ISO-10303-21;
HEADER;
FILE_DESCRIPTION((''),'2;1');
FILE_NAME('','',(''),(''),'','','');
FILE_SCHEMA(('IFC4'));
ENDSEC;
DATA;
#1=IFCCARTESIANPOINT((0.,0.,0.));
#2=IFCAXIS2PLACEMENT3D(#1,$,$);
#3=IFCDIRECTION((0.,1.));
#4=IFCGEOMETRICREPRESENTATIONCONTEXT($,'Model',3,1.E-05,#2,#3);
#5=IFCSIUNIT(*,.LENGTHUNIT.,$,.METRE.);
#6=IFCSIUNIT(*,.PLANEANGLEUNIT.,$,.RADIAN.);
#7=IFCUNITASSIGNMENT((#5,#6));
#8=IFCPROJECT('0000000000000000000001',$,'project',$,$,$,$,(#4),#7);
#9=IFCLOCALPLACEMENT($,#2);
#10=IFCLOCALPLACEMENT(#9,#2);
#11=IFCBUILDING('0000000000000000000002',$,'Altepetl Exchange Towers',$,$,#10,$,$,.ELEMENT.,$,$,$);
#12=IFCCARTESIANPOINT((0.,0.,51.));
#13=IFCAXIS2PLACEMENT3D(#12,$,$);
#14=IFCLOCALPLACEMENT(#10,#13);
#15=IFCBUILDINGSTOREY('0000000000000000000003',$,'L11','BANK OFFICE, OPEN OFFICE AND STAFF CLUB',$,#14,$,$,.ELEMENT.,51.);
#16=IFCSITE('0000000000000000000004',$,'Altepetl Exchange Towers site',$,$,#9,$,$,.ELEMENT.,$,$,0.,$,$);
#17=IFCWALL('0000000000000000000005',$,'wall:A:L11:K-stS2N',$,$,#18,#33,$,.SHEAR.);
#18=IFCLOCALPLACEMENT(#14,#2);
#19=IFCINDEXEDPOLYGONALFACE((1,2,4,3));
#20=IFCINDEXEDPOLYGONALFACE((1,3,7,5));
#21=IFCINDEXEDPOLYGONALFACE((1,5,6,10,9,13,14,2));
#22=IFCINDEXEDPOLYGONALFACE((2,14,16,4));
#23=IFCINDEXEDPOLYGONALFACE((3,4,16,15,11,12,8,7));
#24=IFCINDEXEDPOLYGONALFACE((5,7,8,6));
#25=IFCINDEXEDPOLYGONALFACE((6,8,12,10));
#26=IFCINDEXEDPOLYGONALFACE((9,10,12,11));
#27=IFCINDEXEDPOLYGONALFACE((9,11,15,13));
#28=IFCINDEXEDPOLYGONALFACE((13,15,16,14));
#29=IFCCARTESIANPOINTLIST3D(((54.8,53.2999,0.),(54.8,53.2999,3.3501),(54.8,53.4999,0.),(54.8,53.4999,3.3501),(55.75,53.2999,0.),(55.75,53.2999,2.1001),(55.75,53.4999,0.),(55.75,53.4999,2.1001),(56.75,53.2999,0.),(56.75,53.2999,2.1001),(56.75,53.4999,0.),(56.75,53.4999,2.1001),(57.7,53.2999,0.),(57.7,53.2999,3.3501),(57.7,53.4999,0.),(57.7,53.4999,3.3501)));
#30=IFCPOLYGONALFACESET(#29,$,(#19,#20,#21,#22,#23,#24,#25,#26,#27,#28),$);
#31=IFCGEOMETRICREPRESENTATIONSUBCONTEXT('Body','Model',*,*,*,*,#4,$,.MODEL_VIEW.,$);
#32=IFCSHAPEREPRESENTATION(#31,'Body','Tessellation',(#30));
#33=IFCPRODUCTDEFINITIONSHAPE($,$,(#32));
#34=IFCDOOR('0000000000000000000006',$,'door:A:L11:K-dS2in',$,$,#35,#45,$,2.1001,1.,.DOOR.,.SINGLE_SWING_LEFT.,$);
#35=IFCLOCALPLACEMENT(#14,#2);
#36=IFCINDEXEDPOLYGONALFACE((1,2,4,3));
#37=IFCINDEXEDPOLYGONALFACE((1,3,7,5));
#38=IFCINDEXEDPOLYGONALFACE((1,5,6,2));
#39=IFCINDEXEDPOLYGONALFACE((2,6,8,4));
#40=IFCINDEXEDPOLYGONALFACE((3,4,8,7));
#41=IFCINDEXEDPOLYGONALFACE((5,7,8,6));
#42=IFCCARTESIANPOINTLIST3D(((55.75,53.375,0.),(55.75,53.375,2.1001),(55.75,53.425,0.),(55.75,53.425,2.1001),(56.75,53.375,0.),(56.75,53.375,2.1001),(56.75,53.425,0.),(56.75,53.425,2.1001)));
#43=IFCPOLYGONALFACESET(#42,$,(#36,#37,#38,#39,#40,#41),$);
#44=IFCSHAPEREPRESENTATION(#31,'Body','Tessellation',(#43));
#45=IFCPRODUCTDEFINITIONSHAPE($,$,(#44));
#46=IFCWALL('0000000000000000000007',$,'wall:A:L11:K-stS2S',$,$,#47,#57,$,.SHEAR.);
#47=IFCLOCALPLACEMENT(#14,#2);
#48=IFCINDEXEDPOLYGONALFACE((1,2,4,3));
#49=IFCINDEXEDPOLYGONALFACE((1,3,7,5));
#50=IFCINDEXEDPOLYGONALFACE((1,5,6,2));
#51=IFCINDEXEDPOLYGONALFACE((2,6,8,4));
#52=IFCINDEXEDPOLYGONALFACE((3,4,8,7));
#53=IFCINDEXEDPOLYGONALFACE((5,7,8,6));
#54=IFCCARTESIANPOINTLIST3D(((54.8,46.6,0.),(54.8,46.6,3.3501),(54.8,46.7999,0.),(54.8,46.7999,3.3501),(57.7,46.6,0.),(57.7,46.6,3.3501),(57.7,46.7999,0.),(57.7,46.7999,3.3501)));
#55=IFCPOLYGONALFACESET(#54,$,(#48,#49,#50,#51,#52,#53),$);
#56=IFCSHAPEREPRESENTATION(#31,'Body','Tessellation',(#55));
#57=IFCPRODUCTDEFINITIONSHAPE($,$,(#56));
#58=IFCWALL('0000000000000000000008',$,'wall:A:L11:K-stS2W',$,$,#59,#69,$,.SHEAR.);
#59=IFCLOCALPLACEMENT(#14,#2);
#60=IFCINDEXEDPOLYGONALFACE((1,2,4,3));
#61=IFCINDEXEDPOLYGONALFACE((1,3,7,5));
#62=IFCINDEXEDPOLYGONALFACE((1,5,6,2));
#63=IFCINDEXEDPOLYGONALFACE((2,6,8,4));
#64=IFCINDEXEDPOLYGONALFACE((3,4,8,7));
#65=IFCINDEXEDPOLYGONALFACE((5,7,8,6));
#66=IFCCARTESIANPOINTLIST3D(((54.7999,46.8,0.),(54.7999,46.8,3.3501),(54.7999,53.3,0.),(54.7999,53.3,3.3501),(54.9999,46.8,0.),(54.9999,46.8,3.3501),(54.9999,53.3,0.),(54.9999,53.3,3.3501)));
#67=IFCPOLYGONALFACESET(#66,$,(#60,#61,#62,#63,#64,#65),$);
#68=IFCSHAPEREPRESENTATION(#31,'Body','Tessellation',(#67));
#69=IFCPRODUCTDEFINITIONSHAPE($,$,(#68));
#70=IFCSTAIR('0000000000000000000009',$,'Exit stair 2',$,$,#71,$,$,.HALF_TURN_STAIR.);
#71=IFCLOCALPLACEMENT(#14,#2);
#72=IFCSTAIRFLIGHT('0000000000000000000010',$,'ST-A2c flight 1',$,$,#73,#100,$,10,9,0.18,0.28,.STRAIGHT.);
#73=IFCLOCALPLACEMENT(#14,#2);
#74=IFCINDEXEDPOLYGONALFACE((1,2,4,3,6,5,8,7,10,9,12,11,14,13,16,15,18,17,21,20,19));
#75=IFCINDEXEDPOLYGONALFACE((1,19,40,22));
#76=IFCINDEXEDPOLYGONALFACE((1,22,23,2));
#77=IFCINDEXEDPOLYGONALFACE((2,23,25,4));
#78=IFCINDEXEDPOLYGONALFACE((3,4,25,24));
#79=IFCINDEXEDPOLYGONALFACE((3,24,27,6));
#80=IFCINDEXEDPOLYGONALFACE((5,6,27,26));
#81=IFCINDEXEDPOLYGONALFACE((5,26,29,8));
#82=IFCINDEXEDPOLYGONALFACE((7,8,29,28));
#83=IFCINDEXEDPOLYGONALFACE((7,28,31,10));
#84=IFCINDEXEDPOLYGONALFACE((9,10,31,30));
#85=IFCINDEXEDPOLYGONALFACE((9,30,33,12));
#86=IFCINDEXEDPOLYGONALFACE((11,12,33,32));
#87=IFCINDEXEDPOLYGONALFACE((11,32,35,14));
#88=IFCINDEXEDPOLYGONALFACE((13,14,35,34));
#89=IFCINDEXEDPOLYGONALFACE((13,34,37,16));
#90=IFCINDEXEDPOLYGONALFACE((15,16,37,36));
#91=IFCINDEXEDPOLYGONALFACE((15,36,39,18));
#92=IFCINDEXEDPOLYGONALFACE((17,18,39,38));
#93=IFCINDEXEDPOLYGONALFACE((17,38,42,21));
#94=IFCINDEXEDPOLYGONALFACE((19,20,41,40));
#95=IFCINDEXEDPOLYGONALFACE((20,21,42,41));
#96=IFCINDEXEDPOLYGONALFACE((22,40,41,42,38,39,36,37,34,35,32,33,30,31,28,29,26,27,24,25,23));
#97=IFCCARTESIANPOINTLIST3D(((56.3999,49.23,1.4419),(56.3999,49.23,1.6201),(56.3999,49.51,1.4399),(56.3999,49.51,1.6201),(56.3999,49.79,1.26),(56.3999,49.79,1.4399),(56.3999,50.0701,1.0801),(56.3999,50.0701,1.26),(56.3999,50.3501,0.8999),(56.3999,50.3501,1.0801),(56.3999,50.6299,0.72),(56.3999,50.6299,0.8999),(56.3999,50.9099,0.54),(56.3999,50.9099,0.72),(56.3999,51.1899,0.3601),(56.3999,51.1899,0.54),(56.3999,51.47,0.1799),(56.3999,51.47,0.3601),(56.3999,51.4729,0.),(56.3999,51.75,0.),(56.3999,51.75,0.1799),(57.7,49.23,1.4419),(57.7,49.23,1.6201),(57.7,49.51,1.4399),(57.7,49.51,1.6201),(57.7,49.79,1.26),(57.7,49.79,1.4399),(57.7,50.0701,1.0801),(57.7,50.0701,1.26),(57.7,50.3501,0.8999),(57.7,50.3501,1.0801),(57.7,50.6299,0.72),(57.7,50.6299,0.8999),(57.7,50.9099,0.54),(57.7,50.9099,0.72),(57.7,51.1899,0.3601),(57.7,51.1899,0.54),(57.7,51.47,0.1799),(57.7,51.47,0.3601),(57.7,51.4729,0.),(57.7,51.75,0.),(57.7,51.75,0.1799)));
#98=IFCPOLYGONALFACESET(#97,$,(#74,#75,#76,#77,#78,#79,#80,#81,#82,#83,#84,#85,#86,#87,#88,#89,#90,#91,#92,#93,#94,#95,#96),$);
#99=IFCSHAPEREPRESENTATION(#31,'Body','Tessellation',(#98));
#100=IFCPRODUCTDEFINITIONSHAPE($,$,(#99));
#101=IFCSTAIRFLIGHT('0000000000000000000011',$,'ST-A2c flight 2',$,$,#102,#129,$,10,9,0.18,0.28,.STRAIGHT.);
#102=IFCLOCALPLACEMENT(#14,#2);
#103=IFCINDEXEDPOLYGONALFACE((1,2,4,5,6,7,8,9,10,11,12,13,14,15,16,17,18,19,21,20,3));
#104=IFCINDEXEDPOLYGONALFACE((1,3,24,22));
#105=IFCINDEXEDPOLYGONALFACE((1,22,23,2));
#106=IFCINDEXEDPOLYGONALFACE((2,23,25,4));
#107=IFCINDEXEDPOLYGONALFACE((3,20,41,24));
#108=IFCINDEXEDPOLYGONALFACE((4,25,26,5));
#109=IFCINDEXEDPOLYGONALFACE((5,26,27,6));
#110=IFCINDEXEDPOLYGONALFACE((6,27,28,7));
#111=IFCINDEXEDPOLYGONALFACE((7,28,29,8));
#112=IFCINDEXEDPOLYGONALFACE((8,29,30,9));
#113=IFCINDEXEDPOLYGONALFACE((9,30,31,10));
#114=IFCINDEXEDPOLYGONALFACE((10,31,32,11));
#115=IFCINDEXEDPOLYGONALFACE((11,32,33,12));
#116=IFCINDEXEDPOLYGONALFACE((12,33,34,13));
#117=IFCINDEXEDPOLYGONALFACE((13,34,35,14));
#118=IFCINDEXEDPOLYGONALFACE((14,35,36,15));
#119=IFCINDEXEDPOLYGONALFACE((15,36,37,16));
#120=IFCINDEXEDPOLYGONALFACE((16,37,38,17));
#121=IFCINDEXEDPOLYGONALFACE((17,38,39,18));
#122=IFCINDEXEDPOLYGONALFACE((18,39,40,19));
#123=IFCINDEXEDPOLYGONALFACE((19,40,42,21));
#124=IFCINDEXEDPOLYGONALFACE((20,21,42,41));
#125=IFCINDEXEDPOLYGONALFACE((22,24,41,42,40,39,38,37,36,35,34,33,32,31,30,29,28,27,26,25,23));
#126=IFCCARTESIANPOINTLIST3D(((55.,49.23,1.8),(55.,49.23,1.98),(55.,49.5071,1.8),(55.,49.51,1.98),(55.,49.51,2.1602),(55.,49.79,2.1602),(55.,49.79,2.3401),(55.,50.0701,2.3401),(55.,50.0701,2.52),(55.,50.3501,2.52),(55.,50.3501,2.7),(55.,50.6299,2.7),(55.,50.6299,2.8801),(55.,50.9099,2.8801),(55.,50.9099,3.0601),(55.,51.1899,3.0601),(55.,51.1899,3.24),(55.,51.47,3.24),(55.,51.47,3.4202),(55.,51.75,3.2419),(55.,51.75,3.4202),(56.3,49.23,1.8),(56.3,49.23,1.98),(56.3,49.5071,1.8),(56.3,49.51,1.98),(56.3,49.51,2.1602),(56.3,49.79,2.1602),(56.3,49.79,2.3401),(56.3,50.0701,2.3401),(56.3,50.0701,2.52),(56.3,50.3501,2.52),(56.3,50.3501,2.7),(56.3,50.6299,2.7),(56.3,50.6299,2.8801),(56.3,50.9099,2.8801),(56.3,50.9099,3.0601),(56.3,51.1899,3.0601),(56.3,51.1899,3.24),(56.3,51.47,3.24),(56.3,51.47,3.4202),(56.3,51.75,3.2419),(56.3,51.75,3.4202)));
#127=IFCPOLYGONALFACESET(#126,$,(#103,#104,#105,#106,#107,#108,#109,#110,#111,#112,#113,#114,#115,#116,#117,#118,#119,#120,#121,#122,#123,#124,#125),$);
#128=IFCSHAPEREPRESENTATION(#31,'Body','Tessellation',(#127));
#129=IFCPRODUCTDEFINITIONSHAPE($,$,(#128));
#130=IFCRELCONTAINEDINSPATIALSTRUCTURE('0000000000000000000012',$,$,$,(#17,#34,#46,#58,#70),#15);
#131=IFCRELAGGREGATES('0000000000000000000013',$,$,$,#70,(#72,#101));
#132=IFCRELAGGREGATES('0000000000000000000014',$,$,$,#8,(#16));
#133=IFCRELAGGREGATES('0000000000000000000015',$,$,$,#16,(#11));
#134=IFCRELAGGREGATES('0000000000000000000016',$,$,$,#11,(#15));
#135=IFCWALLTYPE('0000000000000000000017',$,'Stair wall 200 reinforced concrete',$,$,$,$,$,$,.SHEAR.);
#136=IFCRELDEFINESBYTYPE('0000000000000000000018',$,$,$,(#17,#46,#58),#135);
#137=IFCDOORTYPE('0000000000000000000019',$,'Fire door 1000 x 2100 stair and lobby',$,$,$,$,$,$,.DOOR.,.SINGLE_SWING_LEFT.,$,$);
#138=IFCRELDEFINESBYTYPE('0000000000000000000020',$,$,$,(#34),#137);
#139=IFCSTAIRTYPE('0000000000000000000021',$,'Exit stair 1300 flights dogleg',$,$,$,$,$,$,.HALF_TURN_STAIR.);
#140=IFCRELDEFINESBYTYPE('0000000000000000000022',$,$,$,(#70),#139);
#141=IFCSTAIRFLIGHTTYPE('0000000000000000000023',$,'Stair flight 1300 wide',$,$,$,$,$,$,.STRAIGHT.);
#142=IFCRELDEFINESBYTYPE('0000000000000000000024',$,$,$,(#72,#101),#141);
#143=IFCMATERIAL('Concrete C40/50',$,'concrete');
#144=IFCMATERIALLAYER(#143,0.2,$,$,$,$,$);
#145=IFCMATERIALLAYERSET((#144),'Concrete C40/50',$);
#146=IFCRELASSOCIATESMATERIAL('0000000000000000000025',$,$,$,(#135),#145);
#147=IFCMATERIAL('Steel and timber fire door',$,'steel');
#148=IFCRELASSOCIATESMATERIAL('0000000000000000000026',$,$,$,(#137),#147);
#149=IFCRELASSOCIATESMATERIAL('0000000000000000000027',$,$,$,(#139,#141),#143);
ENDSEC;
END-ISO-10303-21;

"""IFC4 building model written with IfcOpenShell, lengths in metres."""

from ifc_helpers import new_model, si_unit, direction, frame, frame_2d, origin, place, context, subcontext, project, spatial, polyline, rectangle, outline, extrude, material, layer, layer_set, type_object, element, fill, aggregate, save


model = new_model("IFC4")

# Units and contexts
model_context = context("Model", 3, precision=1e-05, world=origin(), true_north=direction((0.0, 1.0)))
body_context = subcontext(model_context, "Body", "Model", "MODEL_VIEW")
ifc_project = project(units=[si_unit("LENGTHUNIT", "METRE"), si_unit("PLANEANGLEUNIT", "RADIAN")], contexts=[model_context])

# Site, building, storey
site_placement = place(None, origin())
site = spatial("IfcSite", under=ifc_project, at=site_placement, Name="Altepetl Exchange Towers site", CompositionType="ELEMENT", RefElevation=0.0)
building_placement = place(site_placement, origin())
building = spatial("IfcBuilding", under=site, at=building_placement, Name="Altepetl Exchange Towers", CompositionType="ELEMENT")
storey_placement = place(building_placement, frame((0.0, 0.0, 51.0)))
storey = spatial("IfcBuildingStorey", under=building, at=storey_placement, Name="L11", Description="BANK OFFICE, OPEN OFFICE AND STAFF CLUB", CompositionType="ELEMENT", Elevation=51.0)

# Shared definitions
ifc_material_1 = material(Name="Concrete C40/50", Category="concrete")

# Wall, opening, door
ifc_layer_1 = layer(ifc_material_1, 0.2)
ifc_layer_set_1 = layer_set([ifc_layer_1], Name="Concrete C40/50")
wall_type_1 = type_object("IfcWallType", Name="Stair wall 200 reinforced concrete", PredefinedType="SHEAR", material=ifc_layer_set_1)
wall_1_placement = place(storey_placement, frame((54.8, 53.3999, 0.0)))
wall_1 = element("IfcWall", 1, at=wall_1_placement, inside=storey, type_object=wall_type_1, Name="wall:A:L11:K-stS2N", PredefinedType="SHEAR", context=body_context, shape_type="SweptSolid", body=[
    extrude(rectangle(XDim=2.8999, YDim=0.2, at=frame_2d((1.45, 0.0))), origin(), (0.0, 0.0, 1.0), 3.3501),
])
opening_placement = place(wall_1_placement, frame((0.95, 0.0, 0.0)))
opening = element("IfcOpeningElement", 2, at=opening_placement, cuts=wall_1, PredefinedType="OPENING", context=body_context, shape_type="SweptSolid", body=[
    extrude(rectangle(XDim=1.0, YDim=2.1001, at=frame_2d((0.5, 1.05))), frame((0.0, 0.1099, 0.0), z_axis=(0.0, -1.0, 0.0), x_axis=(1.0, 0.0, 0.0)), (0.0, 0.0, 1.0), 0.22),
])
ifc_material_2 = material(Name="Steel and timber fire door", Category="steel")
door_type = type_object("IfcDoorType", Name="Fire door 1000 x 2100 stair and lobby", OperationType="SINGLE_SWING_LEFT", PredefinedType="DOOR", material=ifc_material_2)
door_placement = place(opening_placement, frame((1.0, 0.0, 0.0), x_axis=(-1.0, 0.0, 0.0)))
door = element("IfcDoor", 3, at=door_placement, inside=storey, type_object=door_type, Name="door:A:L11:K-dS2in", OperationType="SINGLE_SWING_LEFT", OverallHeight=2.1001, OverallWidth=1.0, PredefinedType="DOOR", context=body_context, shape_type="SweptSolid", body=[
    extrude(rectangle(XDim=1.0, YDim=2.1001, at=frame_2d((0.5, 1.05))), frame((0.0, 0.0249, 0.0), z_axis=(0.0, -1.0, 0.0), x_axis=(1.0, 0.0, 0.0)), (0.0, 0.0, 1.0), 0.05),
])
fill(opening, door)

# Walls
wall_2_placement = place(storey_placement, frame((54.8, 46.7, 0.0)))
element("IfcWall", 4, at=wall_2_placement, inside=storey, type_object=wall_type_1, Name="wall:A:L11:K-stS2S", PredefinedType="SHEAR", context=body_context, shape_type="SweptSolid", body=[
    extrude(rectangle(XDim=2.8999, YDim=0.2, at=frame_2d((1.45, 0.0))), origin(), (0.0, 0.0, 1.0), 3.3501),
])
wall_3_placement = place(storey_placement, frame((54.8999, 46.8, 0.0), z_axis=(0.0, 0.0, 1.0), x_axis=(0.0, 1.0, 0.0)))
element("IfcWall", 5, at=wall_3_placement, inside=storey, type_object=wall_type_1, Name="wall:A:L11:K-stS2W", PredefinedType="SHEAR", context=body_context, shape_type="SweptSolid", body=[
    extrude(rectangle(XDim=6.5, YDim=0.2, at=frame_2d((3.25, 0.0))), origin(), (0.0, 0.0, 1.0), 3.3501),
])

# Stair, stair flights
stair_type = type_object("IfcStairType", Name="Exit stair 1300 flights dogleg", PredefinedType="HALF_TURN_STAIR", material=ifc_material_1)
stair_placement = place(storey_placement, origin())
stair = element("IfcStair", 6, at=stair_placement, inside=storey, type_object=stair_type, Name="Exit stair 2", PredefinedType="HALF_TURN_STAIR")
stair_flight_type = type_object("IfcStairFlightType", Name="Stair flight 1300 wide", PredefinedType="STRAIGHT", material=ifc_material_1)
stair_flight_1_placement = place(storey_placement, frame((57.05, 51.75, 0.0), z_axis=(0.0, 0.0, 1.0), x_axis=(0.0, -1.0, 0.0)))
stair_flight_1 = element("IfcStairFlight", 7, at=stair_flight_1_placement, type_object=stair_flight_type, Name="ST-A2c flight 1", NumberOfRisers=10, NumberOfTreads=9, PredefinedType="STRAIGHT", RiserHeight=0.18, TreadLength=0.28, context=body_context, shape_type="SweptSolid", body=[
    extrude(outline(polyline([(0.0, 0.0), (0.0, 0.1799), (0.28, 0.1799), (0.28, 0.3601), (0.5601, 0.3601), (0.5601, 0.54), (0.8401, 0.54), (0.8401, 0.72), (1.1201, 0.72), (1.1201, 0.8999), (1.3999, 0.8999), (1.3999, 1.0801), (1.6799, 1.0801), (1.6799, 1.26), (1.96, 1.26), (1.96, 1.4399), (2.24, 1.4399), (2.24, 1.6201), (2.52, 1.6201), (2.52, 1.8), (2.52, 1.4419), (0.2771, 0.0), (0.0, 0.0)])), frame((0.0, 0.6499, 0.0), z_axis=(0.0, -1.0, 0.0), x_axis=(1.0, 0.0, 0.0)), (0.0, 0.0, 1.0), 1.3),
])
stair_flight_2_placement = place(storey_placement, frame((55.6499, 49.23, 1.8), z_axis=(0.0, 0.0, 1.0), x_axis=(0.0, 1.0, 0.0)))
stair_flight_2 = element("IfcStairFlight", 8, at=stair_flight_2_placement, type_object=stair_flight_type, Name="ST-A2c flight 2", NumberOfRisers=10, NumberOfTreads=9, PredefinedType="STRAIGHT", RiserHeight=0.18, TreadLength=0.28, context=body_context, shape_type="SweptSolid", body=[
    extrude(outline(polyline([(0.0, 0.0), (0.0, 0.1799), (0.28, 0.1799), (0.28, 0.3601), (0.5601, 0.3601), (0.5601, 0.54), (0.8401, 0.54), (0.8401, 0.72), (1.1201, 0.72), (1.1201, 0.8999), (1.3999, 0.8999), (1.3999, 1.0801), (1.6799, 1.0801), (1.6799, 1.26), (1.96, 1.26), (1.96, 1.4399), (2.24, 1.4399), (2.24, 1.6201), (2.52, 1.6201), (2.52, 1.8), (2.52, 1.4419), (0.2771, 0.0), (0.0, 0.0)])), frame((0.0, 0.6499, 0.0), z_axis=(0.0, -1.0, 0.0), x_axis=(1.0, 0.0, 0.0)), (0.0, 0.0, 1.0), 1.3),
])
aggregate(stair, [stair_flight_1, stair_flight_2])

save(model, "model.ifc")
